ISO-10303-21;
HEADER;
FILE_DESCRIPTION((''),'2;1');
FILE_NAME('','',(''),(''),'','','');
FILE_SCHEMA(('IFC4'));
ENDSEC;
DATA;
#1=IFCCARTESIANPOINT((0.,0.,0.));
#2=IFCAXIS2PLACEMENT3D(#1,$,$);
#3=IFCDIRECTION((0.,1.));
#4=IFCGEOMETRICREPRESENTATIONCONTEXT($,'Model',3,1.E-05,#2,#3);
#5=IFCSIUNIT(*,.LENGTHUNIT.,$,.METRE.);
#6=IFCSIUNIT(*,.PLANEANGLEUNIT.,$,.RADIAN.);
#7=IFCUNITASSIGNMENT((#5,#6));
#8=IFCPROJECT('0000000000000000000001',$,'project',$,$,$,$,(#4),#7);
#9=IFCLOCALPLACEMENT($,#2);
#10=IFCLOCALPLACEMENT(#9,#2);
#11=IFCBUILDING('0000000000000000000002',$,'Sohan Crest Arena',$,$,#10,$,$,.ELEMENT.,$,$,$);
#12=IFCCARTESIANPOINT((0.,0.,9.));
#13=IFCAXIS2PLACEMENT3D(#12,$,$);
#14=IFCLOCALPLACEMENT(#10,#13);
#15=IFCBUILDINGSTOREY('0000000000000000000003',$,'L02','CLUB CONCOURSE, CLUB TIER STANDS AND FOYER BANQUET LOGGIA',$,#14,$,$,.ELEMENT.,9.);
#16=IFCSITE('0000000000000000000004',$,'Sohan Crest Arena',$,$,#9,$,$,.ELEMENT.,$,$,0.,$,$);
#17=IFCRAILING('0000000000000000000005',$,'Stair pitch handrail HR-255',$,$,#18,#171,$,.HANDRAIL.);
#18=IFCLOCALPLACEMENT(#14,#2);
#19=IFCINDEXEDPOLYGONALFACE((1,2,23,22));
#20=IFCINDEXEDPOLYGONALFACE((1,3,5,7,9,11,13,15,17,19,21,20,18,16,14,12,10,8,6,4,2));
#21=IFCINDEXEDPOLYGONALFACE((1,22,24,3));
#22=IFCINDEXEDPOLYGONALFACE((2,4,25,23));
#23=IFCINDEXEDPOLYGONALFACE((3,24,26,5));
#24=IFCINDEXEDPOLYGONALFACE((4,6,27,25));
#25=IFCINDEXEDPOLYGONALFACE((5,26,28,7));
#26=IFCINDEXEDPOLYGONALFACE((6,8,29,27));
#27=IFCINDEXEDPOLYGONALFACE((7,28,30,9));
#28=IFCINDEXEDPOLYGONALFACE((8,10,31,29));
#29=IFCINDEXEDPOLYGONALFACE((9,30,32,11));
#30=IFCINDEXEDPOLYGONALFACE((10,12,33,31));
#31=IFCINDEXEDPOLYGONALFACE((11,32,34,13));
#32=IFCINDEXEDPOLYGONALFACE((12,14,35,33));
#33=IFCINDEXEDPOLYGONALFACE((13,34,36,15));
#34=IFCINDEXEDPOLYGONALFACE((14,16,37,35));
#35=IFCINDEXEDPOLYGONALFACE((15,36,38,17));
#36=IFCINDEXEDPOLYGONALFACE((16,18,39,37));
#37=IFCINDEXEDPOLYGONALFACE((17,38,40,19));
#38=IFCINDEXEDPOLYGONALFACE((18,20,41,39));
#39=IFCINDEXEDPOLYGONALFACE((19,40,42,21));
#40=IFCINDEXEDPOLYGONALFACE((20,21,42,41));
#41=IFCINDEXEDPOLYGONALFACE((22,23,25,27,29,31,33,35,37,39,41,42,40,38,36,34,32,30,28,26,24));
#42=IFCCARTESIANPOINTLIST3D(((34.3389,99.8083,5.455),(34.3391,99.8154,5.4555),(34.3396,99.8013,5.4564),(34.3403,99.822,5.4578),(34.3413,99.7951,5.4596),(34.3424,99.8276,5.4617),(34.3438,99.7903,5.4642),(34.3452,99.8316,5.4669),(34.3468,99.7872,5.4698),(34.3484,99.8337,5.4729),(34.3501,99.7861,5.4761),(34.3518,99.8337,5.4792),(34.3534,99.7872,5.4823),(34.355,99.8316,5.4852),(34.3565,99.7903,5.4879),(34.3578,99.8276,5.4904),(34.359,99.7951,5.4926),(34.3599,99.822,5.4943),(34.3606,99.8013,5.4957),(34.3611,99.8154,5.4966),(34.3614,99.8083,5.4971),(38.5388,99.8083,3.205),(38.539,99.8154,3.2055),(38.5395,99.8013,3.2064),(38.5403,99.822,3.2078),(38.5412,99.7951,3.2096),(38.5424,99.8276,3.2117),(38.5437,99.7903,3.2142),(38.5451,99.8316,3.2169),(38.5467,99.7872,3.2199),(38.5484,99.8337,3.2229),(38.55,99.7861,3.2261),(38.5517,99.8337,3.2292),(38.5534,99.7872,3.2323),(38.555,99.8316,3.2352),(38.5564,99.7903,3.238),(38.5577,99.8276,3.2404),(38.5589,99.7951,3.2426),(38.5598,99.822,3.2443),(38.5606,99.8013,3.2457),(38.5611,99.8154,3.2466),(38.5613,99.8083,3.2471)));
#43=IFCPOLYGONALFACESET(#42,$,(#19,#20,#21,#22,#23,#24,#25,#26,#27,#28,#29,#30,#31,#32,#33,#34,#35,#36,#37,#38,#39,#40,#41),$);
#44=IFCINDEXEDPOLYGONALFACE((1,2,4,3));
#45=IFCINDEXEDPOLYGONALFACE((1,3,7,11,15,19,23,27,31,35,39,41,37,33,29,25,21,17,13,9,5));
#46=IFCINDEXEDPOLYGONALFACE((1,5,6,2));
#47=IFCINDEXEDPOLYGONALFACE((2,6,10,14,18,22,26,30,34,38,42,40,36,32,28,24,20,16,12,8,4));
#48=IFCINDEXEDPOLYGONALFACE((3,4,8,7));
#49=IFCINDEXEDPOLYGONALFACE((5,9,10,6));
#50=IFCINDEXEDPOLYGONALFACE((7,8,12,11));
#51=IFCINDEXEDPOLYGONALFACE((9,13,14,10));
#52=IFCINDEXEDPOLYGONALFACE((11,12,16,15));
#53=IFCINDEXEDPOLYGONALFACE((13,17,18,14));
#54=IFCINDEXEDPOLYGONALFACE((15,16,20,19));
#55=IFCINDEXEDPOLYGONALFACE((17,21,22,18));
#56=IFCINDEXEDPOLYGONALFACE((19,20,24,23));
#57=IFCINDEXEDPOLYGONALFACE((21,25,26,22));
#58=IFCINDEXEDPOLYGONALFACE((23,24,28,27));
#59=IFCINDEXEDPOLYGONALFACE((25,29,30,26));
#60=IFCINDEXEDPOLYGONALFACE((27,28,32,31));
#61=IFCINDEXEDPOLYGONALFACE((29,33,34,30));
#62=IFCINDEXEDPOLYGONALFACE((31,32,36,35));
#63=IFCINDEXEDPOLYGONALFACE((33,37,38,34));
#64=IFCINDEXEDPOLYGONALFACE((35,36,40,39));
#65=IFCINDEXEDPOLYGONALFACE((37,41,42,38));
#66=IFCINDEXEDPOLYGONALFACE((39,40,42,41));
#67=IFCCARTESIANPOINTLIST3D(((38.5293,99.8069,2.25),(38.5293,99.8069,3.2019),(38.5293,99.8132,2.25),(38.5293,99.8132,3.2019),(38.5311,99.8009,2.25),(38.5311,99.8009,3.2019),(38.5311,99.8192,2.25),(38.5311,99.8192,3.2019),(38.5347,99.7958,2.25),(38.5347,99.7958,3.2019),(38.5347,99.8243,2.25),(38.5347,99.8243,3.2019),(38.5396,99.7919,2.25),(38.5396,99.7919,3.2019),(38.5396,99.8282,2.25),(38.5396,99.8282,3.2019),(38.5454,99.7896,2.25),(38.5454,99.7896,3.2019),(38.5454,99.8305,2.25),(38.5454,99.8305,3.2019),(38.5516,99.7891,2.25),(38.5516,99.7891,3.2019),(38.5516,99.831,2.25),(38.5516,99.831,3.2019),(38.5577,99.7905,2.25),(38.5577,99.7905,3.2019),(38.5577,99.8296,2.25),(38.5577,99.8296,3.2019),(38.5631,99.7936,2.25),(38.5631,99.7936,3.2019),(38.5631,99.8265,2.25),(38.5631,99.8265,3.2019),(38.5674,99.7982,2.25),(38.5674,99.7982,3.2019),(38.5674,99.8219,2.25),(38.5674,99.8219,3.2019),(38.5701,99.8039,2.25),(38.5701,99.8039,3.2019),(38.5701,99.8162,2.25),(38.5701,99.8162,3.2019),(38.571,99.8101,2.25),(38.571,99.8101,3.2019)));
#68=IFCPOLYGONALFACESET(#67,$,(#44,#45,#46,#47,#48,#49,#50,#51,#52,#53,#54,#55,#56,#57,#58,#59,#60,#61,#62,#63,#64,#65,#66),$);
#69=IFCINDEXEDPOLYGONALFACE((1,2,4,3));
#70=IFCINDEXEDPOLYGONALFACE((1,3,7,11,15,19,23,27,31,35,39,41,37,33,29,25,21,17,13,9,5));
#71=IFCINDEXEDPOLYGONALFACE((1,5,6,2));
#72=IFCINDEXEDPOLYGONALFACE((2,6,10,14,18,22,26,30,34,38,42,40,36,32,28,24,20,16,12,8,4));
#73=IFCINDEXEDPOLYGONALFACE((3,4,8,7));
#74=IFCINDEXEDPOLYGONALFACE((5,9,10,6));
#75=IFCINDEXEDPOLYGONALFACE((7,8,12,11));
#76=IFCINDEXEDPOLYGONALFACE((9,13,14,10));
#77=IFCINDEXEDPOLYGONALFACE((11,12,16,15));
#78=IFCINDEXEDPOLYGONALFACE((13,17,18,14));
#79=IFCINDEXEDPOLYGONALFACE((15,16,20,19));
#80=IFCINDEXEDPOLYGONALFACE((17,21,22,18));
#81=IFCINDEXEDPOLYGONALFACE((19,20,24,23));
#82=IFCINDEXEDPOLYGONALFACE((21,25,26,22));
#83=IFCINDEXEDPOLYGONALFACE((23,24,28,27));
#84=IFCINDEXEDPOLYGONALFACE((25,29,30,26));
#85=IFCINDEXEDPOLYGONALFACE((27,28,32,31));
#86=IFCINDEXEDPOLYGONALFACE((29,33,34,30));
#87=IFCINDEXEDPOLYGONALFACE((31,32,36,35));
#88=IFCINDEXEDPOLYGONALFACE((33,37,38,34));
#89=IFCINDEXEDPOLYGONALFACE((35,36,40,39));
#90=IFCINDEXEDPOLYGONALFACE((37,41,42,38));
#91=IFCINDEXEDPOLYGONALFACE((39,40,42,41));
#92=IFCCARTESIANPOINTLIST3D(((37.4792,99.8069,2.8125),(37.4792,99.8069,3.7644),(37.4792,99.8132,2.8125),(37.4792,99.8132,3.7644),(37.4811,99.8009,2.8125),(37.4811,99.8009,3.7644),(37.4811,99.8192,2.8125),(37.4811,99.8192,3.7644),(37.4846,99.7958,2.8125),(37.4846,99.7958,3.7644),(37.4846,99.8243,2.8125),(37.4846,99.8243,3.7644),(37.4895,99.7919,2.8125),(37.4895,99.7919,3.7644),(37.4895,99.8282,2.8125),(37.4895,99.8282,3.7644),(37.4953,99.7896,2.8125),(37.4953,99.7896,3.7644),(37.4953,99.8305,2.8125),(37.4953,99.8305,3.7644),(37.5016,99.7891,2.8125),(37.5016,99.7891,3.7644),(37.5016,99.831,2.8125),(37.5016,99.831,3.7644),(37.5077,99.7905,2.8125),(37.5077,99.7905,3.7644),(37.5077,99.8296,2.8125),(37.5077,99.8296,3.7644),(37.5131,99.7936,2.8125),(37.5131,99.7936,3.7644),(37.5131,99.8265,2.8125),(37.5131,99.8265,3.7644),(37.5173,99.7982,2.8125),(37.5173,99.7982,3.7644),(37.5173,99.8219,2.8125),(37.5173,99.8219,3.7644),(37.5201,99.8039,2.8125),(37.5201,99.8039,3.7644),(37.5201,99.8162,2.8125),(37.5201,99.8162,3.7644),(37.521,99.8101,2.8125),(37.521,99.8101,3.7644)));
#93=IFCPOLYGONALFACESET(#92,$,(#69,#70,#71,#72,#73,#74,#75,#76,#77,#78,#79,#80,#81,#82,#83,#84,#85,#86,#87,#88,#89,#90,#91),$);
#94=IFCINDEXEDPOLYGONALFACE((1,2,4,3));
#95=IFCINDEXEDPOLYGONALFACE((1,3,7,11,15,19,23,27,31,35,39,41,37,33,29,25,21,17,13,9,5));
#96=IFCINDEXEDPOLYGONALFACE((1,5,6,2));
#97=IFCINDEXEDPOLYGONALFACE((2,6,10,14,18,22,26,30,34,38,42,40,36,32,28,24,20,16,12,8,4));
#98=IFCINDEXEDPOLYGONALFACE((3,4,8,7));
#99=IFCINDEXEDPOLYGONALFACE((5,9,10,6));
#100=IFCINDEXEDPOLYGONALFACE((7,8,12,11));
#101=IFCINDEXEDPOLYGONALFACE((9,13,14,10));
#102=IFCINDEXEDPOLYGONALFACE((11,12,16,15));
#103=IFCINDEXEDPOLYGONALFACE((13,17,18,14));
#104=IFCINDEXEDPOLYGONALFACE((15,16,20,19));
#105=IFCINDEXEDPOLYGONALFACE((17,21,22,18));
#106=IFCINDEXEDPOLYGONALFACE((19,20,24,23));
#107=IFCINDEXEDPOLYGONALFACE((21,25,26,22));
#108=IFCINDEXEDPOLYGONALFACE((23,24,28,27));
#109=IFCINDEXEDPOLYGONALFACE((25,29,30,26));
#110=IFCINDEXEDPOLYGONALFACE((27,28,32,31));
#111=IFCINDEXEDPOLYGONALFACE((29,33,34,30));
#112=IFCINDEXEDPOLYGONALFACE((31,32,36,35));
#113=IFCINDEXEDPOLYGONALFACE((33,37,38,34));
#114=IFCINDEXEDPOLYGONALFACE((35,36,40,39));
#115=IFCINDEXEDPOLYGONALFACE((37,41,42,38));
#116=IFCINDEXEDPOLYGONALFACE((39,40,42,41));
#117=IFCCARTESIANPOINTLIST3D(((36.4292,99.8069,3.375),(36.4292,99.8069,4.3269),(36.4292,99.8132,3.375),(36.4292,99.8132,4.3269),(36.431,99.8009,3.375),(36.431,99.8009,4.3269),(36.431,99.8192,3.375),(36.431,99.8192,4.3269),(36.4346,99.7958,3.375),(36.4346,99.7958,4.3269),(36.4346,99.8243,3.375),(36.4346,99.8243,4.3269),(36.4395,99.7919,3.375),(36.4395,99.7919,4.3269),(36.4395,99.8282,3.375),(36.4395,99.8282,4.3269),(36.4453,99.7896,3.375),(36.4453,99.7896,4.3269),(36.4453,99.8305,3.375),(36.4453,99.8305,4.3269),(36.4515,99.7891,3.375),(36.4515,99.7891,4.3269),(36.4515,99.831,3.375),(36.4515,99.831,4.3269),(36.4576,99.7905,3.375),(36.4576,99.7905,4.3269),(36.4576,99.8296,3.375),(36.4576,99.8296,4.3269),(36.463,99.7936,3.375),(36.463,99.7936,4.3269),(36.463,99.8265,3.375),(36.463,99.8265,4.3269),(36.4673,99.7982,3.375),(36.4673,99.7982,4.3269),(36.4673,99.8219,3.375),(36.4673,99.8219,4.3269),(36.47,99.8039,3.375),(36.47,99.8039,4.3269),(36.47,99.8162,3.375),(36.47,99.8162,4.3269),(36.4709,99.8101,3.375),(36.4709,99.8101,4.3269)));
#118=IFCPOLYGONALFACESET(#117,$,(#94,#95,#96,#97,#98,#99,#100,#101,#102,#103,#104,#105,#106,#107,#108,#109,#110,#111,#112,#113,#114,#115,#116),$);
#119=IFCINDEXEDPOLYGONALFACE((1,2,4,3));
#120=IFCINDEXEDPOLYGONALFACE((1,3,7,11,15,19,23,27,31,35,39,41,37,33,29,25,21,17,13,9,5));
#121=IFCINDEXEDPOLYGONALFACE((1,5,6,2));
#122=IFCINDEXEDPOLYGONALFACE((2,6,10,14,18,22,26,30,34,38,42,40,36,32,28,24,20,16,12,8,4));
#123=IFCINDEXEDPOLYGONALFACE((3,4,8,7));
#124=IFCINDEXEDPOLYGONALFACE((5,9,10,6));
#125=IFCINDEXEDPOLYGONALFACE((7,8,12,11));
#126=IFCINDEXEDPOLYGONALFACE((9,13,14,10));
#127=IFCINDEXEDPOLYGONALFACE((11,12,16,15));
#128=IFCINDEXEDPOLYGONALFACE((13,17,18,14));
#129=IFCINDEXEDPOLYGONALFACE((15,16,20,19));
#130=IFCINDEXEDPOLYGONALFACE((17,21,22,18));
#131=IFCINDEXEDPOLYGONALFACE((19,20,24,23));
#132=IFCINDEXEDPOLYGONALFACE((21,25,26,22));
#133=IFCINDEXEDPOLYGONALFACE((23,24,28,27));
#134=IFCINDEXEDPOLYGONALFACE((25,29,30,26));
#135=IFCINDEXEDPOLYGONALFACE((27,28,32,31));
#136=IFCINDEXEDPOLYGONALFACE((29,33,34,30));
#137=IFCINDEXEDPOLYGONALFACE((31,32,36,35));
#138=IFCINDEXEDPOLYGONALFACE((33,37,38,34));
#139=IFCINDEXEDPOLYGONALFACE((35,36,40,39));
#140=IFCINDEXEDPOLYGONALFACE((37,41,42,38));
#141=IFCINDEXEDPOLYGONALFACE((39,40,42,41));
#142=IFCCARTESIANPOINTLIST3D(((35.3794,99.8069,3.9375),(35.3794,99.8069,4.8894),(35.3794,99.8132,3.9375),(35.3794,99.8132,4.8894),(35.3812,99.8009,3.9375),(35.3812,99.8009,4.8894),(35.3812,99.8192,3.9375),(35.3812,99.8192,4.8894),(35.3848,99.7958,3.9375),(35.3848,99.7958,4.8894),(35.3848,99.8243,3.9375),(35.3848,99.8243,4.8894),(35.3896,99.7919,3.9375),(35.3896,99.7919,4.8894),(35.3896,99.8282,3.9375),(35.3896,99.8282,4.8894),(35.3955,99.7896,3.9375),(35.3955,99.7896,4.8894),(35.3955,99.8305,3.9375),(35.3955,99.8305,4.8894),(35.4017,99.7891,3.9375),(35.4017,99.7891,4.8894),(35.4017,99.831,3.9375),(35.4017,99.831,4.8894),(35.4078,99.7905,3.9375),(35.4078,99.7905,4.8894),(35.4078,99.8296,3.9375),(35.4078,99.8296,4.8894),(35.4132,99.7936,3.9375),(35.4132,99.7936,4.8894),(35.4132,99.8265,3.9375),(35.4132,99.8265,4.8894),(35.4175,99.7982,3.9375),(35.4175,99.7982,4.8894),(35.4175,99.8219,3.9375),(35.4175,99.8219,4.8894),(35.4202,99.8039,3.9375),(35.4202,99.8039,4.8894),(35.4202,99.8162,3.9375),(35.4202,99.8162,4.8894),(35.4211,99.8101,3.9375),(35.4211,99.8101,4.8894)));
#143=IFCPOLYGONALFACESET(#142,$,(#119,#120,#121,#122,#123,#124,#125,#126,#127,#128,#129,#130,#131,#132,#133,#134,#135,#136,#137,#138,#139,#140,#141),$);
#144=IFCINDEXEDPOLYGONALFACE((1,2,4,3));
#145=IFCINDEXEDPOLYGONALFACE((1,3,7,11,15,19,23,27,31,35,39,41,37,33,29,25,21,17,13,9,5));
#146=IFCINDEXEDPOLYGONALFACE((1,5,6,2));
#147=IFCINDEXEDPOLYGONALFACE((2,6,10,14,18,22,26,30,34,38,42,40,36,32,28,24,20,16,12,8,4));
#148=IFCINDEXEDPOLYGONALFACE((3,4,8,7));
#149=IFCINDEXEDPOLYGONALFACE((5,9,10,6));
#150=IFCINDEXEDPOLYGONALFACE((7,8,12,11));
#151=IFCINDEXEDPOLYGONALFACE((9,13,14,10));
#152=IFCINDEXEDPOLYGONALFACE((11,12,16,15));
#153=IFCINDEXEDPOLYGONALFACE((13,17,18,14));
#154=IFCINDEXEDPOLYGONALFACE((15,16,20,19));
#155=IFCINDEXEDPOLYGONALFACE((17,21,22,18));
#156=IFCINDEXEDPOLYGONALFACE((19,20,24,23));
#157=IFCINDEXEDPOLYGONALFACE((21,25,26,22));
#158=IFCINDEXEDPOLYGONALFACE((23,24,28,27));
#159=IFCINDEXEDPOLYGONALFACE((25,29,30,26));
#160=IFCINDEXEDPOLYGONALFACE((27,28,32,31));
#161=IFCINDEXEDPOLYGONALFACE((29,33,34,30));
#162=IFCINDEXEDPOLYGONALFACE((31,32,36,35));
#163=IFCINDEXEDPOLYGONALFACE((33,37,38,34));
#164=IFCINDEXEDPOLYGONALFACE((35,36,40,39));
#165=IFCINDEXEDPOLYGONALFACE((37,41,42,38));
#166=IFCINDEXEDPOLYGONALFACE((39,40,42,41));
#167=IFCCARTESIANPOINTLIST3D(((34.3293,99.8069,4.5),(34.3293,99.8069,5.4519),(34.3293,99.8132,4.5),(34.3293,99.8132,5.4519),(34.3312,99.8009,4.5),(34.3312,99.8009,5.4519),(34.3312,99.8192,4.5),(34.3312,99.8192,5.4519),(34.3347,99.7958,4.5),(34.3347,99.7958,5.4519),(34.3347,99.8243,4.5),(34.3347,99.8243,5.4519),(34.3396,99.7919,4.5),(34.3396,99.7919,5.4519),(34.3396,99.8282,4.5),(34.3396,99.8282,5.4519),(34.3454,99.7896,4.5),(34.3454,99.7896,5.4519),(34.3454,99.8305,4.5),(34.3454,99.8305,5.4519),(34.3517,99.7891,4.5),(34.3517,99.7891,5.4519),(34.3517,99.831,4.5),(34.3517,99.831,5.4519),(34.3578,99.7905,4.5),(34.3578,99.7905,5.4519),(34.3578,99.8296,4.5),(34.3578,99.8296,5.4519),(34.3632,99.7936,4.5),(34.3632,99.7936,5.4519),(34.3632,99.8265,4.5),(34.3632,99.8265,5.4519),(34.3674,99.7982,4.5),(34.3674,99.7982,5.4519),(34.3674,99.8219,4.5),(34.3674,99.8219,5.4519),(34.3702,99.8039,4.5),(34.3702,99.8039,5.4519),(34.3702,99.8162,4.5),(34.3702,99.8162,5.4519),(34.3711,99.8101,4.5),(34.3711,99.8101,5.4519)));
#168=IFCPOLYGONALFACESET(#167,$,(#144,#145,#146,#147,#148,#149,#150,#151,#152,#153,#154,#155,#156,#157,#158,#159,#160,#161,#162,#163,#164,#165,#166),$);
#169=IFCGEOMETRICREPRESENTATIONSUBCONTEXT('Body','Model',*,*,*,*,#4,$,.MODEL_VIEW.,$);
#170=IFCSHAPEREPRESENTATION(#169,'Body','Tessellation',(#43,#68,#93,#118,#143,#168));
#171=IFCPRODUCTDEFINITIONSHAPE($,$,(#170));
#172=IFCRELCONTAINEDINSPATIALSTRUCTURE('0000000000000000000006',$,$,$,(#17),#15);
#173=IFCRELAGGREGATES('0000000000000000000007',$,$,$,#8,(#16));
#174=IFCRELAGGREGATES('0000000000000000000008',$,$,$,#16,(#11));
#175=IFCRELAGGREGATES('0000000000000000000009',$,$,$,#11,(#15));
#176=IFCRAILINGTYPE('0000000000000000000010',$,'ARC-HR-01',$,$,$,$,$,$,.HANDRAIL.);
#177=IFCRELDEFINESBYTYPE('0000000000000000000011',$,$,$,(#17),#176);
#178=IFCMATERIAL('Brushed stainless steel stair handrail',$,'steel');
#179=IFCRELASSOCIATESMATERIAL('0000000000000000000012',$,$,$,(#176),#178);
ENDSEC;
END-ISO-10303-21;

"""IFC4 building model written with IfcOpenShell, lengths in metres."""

from ifc_helpers import new_model, si_unit, direction, frame, origin, origin_2d, place, context, subcontext, project, spatial, circle, extrude, material, type_object, element, save


model = new_model("IFC4")

# Units and contexts
model_context = context("Model", 3, precision=1e-05, world=origin(), true_north=direction((0.0, 1.0)))
body_context = subcontext(model_context, "Body", "Model", "MODEL_VIEW")
ifc_project = project(units=[si_unit("LENGTHUNIT", "METRE"), si_unit("PLANEANGLEUNIT", "RADIAN")], contexts=[model_context])

# Site, building, storey
site_placement = place(None, origin())
site = spatial("IfcSite", under=ifc_project, at=site_placement, Name="Sohan Crest Arena", CompositionType="ELEMENT", RefElevation=0.0)
building_placement = place(site_placement, origin())
building = spatial("IfcBuilding", under=site, at=building_placement, Name="Sohan Crest Arena", CompositionType="ELEMENT")
storey_placement = place(building_placement, frame((0.0, 0.0, 9.0)))
storey = spatial("IfcBuildingStorey", under=building, at=storey_placement, Name="L02", Description="CLUB CONCOURSE, CLUB TIER STANDS AND FOYER BANQUET LOGGIA", CompositionType="ELEMENT", Elevation=9.0)

# Railing
ifc_material_1 = material(Name="Brushed stainless steel stair handrail", Category="steel")
railing_type = type_object("IfcRailingType", Name="ARC-HR-01", PredefinedType="HANDRAIL", material=ifc_material_1)
railing_1_placement = place(storey_placement, frame((38.55, 99.8101, 2.25)))
element("IfcRailing", 1, at=railing_1_placement, inside=storey, type_object=railing_type, Name="Stair pitch handrail HR-255", PredefinedType="HANDRAIL", context=body_context, shape_type="SweptSolid", body=[
    extrude(circle(Radius=0.0239, at=origin_2d()), frame((0.0, 0.0, 0.9761), z_axis=(-0.881478, 0.0, 0.472226), x_axis=(0.0, -1.0, 0.0)), (0.0, 0.0, 1.0), 4.7646),
    extrude(circle(Radius=0.021, at=origin_2d()), origin(), (0.0, 0.0, 1.0), 0.9519),
    extrude(circle(Radius=0.021, at=origin_2d()), frame((-1.05, 0.0, 0.5625)), (0.0, 0.0, 1.0), 0.9519),
    extrude(circle(Radius=0.021, at=origin_2d()), frame((-2.1001, 0.0, 1.125)), (0.0, 0.0, 1.0), 0.9519),
    extrude(circle(Radius=0.021, at=origin_2d()), frame((-3.1499, 0.0, 1.6875)), (0.0, 0.0, 1.0), 0.9519),
    extrude(circle(Radius=0.021, at=origin_2d()), frame((-4.2, 0.0, 2.25)), (0.0, 0.0, 1.0), 0.9519),
])

save(model, "model.ifc")
